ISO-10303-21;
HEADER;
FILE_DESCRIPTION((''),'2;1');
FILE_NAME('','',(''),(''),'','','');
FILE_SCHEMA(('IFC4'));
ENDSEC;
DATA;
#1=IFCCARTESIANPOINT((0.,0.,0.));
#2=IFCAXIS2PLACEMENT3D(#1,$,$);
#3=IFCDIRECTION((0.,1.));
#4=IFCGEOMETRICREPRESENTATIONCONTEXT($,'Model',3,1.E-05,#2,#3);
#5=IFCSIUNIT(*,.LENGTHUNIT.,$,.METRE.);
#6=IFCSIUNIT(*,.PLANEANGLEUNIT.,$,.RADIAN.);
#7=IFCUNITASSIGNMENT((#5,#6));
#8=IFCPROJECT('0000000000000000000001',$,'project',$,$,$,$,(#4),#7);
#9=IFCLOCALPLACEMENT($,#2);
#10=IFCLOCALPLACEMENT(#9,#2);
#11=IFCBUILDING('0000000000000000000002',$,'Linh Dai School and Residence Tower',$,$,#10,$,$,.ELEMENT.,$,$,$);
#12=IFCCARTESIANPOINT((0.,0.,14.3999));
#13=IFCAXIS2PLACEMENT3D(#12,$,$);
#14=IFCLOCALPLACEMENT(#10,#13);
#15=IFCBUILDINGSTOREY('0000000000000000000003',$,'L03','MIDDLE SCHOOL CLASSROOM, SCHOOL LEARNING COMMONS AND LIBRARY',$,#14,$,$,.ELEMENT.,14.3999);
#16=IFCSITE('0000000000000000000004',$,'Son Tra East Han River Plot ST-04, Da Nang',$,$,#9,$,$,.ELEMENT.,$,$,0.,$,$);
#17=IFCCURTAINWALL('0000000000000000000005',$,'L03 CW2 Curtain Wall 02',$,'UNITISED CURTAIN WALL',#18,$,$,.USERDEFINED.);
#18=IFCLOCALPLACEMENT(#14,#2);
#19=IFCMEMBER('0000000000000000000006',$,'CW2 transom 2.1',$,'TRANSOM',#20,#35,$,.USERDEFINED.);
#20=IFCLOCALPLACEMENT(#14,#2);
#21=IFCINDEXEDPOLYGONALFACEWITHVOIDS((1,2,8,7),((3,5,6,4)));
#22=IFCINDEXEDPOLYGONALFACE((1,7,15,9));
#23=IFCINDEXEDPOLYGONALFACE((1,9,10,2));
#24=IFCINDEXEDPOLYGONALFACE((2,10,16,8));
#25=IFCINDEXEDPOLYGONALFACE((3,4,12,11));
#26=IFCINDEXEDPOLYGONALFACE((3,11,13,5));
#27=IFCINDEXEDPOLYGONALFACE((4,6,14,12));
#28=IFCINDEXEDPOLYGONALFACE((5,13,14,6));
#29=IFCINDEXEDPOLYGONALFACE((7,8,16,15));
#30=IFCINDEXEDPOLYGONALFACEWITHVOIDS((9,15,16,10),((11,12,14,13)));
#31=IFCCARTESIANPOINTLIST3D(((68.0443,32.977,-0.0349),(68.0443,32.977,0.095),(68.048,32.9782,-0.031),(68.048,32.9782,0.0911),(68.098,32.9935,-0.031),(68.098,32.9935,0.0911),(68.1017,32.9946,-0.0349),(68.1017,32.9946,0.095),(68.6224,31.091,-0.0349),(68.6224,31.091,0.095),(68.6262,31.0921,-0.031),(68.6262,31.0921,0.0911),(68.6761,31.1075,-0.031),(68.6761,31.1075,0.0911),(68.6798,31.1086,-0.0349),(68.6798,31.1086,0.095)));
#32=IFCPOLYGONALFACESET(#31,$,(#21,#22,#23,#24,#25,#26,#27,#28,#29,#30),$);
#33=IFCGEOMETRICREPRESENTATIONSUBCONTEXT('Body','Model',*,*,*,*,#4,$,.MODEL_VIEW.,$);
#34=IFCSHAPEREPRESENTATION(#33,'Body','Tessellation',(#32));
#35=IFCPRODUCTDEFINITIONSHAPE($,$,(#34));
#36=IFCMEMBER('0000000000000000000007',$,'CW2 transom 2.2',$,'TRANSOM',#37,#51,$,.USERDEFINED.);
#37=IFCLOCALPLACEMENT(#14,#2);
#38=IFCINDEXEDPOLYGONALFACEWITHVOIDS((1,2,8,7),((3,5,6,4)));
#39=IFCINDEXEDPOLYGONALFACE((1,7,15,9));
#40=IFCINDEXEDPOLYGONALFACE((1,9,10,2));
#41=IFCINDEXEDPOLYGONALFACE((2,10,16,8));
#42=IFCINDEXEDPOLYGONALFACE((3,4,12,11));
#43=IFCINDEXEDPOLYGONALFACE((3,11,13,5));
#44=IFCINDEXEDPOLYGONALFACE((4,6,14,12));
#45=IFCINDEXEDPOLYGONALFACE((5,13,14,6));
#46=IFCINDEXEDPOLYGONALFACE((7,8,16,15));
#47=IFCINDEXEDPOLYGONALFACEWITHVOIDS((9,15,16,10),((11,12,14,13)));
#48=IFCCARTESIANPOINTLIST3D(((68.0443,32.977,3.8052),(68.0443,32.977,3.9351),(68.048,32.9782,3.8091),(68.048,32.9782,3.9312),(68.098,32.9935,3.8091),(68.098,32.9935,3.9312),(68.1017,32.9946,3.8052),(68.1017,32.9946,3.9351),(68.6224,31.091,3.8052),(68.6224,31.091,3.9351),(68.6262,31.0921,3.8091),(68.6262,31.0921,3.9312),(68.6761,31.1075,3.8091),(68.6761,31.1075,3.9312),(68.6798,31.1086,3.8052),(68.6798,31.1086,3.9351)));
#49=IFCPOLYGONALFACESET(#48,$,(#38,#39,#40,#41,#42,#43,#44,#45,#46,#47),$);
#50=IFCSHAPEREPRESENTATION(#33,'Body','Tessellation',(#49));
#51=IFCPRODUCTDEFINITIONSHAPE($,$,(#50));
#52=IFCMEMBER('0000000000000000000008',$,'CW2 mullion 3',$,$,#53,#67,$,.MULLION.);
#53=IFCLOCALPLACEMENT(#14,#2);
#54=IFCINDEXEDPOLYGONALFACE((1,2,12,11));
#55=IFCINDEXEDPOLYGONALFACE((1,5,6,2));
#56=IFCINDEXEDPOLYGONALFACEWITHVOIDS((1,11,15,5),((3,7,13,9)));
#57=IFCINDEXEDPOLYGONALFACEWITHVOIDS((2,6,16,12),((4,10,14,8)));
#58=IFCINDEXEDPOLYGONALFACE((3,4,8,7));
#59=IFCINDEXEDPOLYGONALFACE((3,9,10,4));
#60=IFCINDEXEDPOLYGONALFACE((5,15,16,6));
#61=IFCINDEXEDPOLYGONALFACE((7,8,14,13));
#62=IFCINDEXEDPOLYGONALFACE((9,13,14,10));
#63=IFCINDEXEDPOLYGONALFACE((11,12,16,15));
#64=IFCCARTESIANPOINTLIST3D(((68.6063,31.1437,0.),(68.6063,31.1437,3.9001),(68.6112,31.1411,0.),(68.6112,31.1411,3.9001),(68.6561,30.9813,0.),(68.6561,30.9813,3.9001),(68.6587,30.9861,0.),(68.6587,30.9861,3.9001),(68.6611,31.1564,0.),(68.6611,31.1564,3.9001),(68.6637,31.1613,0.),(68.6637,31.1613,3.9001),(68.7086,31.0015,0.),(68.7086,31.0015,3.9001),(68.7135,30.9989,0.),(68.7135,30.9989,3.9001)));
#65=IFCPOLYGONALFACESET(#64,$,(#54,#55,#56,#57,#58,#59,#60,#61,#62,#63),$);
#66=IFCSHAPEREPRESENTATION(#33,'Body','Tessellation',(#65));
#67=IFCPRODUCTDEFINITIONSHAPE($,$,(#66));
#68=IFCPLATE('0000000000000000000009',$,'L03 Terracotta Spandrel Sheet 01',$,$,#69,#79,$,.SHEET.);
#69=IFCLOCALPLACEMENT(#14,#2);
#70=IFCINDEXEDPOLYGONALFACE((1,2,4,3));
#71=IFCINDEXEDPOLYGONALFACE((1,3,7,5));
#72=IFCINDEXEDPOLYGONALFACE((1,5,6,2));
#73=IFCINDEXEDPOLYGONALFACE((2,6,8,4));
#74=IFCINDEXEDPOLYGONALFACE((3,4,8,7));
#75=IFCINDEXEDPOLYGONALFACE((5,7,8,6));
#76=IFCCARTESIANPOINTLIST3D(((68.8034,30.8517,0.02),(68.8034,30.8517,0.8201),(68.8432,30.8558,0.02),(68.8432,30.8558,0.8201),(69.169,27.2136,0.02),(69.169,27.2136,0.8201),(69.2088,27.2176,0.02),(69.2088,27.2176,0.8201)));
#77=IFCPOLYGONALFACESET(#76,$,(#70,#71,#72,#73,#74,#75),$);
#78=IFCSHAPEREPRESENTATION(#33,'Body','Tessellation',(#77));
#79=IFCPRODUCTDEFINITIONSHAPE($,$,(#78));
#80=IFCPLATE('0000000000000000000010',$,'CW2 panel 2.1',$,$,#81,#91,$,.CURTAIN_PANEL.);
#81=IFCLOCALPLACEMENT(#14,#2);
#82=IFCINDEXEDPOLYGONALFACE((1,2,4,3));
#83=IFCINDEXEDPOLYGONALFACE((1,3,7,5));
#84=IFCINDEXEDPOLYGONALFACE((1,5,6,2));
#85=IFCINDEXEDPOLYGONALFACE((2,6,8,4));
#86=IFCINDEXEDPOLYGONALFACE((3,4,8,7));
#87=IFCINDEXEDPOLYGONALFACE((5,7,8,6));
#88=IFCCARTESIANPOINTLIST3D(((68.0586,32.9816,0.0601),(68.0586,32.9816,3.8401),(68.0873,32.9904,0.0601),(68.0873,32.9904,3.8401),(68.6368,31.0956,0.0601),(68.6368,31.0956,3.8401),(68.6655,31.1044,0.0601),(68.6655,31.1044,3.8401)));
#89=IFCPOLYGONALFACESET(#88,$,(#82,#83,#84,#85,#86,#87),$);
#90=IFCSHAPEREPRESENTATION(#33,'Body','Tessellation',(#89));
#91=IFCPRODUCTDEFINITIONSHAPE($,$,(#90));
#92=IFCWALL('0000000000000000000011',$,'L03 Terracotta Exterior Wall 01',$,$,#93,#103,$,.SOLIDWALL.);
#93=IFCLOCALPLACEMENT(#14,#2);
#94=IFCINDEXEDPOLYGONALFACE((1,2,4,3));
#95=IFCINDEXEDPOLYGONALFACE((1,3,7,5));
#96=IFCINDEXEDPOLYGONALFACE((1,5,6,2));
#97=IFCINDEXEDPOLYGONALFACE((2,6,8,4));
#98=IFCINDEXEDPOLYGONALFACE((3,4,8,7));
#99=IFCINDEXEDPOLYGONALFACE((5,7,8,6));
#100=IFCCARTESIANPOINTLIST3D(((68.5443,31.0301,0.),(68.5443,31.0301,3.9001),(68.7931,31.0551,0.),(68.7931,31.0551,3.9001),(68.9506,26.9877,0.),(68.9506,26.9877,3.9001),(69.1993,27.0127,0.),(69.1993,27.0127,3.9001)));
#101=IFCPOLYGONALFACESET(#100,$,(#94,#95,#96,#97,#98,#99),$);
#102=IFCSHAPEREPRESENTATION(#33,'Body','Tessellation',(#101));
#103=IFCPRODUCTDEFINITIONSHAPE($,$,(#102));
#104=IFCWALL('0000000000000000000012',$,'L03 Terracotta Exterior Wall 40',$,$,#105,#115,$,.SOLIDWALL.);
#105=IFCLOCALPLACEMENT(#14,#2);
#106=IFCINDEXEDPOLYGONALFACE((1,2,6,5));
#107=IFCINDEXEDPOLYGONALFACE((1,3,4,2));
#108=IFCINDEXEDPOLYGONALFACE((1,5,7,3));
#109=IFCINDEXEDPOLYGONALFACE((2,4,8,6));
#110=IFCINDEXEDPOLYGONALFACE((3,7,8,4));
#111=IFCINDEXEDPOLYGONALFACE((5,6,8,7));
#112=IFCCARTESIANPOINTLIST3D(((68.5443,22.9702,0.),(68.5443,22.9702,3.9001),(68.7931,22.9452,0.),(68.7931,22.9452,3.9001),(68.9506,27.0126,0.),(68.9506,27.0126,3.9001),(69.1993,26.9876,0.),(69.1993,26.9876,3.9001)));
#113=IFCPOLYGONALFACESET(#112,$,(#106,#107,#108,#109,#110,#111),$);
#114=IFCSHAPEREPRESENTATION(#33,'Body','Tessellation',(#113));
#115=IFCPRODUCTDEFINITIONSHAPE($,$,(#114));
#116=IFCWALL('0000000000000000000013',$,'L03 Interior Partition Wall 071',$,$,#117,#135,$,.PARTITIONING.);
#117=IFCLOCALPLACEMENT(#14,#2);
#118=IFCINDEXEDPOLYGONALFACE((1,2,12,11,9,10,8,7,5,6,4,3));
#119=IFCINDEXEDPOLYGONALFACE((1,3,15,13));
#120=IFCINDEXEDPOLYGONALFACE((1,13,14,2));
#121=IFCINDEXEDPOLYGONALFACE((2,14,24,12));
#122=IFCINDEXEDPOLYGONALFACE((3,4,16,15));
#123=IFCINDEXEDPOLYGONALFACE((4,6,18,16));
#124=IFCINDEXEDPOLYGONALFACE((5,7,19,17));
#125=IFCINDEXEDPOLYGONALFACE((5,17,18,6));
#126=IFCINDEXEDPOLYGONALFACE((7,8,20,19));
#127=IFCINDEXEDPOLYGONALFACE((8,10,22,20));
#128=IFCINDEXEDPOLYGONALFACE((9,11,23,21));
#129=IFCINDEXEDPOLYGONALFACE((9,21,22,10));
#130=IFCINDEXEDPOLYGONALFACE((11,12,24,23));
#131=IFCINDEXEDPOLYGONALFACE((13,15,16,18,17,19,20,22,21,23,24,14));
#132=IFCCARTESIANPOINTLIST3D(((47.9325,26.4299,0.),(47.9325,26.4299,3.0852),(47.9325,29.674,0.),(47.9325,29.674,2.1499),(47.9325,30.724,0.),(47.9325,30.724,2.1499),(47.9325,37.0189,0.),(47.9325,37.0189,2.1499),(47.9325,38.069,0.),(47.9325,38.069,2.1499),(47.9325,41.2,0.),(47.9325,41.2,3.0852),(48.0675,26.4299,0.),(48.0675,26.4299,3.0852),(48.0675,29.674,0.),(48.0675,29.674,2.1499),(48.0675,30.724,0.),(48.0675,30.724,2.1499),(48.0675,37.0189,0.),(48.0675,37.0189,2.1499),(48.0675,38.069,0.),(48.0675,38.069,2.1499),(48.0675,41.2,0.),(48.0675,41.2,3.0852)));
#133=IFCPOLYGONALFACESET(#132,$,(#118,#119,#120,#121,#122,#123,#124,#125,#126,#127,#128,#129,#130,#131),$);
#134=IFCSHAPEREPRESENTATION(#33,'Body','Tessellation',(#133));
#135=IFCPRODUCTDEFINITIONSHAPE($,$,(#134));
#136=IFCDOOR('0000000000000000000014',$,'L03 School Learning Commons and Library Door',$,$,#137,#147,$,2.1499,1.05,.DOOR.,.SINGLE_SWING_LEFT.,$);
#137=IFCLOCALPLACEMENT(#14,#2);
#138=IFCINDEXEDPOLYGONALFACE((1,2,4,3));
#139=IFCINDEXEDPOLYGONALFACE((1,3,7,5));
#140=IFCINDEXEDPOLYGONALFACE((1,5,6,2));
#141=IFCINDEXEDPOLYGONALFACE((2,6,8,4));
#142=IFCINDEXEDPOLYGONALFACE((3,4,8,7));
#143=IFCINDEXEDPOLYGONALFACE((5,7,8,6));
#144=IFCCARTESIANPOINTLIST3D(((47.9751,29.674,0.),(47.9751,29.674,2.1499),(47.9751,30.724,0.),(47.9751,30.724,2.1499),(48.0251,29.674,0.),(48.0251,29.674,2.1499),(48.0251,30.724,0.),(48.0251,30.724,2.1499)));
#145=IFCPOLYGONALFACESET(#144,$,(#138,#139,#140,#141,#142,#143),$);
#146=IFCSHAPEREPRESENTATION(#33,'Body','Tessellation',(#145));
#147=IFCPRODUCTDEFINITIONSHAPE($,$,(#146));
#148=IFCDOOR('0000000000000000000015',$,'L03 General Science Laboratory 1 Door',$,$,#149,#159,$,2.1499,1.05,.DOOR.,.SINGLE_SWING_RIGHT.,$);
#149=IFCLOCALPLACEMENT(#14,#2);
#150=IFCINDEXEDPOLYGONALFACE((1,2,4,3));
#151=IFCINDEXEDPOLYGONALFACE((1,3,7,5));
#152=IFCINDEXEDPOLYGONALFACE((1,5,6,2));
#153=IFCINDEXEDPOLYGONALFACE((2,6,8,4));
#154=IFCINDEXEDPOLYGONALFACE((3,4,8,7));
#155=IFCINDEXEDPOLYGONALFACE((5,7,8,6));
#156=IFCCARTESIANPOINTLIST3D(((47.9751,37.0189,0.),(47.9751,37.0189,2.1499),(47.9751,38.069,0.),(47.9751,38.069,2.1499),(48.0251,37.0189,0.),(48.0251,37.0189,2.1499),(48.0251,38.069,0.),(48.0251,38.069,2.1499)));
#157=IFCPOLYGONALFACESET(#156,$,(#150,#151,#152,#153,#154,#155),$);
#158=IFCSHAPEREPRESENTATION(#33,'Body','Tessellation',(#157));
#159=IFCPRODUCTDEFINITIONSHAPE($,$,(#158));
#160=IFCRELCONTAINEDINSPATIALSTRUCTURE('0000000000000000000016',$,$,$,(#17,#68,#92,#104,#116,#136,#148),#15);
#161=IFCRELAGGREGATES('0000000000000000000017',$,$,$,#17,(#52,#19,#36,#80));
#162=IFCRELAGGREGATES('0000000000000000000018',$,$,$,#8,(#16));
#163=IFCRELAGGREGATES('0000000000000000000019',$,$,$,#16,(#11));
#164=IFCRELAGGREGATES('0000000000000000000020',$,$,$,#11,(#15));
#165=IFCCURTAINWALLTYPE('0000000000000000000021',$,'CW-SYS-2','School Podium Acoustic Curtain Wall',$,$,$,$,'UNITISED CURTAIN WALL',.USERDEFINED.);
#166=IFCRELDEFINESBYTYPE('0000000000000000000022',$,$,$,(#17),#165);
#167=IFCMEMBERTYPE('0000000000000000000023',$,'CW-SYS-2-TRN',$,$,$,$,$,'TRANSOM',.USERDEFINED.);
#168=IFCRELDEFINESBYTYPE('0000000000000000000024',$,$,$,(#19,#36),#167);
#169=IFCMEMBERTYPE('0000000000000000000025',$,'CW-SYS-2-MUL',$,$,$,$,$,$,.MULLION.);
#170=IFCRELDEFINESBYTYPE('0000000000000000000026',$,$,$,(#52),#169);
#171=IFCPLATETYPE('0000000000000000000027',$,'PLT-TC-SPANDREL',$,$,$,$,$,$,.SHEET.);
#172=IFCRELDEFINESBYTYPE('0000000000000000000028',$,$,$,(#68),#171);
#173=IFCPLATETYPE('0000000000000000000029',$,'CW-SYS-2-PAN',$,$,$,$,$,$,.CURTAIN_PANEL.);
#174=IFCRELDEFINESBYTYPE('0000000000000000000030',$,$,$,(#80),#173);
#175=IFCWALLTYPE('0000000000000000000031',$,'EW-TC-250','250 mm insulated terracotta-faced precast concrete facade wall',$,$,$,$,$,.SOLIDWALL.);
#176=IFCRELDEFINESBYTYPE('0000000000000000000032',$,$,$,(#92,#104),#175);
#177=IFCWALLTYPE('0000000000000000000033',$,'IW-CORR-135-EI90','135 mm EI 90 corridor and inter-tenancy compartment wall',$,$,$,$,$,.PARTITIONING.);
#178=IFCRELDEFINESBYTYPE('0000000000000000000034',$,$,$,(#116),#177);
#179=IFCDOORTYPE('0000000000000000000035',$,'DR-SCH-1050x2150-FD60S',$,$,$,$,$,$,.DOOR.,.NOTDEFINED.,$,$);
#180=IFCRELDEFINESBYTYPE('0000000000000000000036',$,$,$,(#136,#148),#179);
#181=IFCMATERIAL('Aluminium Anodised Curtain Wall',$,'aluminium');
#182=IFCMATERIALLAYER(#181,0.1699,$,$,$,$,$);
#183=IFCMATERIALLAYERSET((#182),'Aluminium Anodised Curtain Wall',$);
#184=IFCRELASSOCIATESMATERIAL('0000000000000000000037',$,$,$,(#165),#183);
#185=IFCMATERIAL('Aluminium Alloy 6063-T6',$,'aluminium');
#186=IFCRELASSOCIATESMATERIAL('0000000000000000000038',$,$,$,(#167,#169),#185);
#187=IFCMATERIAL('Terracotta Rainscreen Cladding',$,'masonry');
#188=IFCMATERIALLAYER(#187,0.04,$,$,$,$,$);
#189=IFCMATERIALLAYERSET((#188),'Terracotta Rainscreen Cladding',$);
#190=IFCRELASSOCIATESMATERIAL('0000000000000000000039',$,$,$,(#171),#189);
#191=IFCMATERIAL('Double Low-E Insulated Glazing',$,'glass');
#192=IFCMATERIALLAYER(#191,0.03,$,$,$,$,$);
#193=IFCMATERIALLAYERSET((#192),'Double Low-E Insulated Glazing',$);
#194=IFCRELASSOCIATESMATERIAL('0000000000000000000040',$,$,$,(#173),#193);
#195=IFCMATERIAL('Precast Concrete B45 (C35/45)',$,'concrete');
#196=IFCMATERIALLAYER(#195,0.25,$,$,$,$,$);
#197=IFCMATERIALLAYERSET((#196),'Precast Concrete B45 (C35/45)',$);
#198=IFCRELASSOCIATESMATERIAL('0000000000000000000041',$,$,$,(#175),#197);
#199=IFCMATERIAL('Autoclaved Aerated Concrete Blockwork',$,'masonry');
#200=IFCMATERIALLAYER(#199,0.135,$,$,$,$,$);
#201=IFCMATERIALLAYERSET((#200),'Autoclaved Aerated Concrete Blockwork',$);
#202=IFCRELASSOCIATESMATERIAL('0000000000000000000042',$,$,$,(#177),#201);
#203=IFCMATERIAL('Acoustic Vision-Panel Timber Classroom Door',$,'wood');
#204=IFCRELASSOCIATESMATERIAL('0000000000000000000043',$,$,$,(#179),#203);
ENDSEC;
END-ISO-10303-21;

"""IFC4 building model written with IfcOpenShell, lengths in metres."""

from ifc_helpers import new_model, si_unit, direction, frame, frame_2d, origin, origin_2d, place, context, subcontext, project, spatial, rectangle, hollow_rectangle, extrude, source, transform, mapped, material, layer, layer_set, material_profile, profile_set, type_object, element, fill, aggregate, save


model = new_model("IFC4")

# Units and contexts
model_context = context("Model", 3, precision=1e-05, world=origin(), true_north=direction((0.0, 1.0)))
body_context = subcontext(model_context, "Body", "Model", "MODEL_VIEW")
ifc_project = project(units=[si_unit("LENGTHUNIT", "METRE"), si_unit("PLANEANGLEUNIT", "RADIAN")], contexts=[model_context])

# Site, building, storey
site_placement = place(None, origin())
site = spatial("IfcSite", under=ifc_project, at=site_placement, Name="Son Tra East Han River Plot ST-04, Da Nang", CompositionType="ELEMENT", RefElevation=0.0)
building_placement = place(site_placement, origin())
building = spatial("IfcBuilding", under=site, at=building_placement, Name="Linh Dai School and Residence Tower", CompositionType="ELEMENT")
storey_placement = place(building_placement, frame((0.0, 0.0, 14.3999)))
storey = spatial("IfcBuildingStorey", under=building, at=storey_placement, Name="L03", Description="MIDDLE SCHOOL CLASSROOM, SCHOOL LEARNING COMMONS AND LIBRARY", CompositionType="ELEMENT", Elevation=14.3999)

# Curtain wall, members
ifc_material_1 = material(Name="Aluminium Anodised Curtain Wall", Category="aluminium")
ifc_layer_1 = layer(ifc_material_1, 0.1699)
ifc_layer_set_1 = layer_set([ifc_layer_1], Name="Aluminium Anodised Curtain Wall")
curtain_wall_type = type_object("IfcCurtainWallType", Name="CW-SYS-2", Description="School Podium Acoustic Curtain Wall", ElementType="UNITISED CURTAIN WALL", PredefinedType="USERDEFINED", material=ifc_layer_set_1)
curtain_wall_placement = place(storey_placement, origin())
curtain_wall = element("IfcCurtainWall", 1, at=curtain_wall_placement, inside=storey, type_object=curtain_wall_type, Name="L03 CW2 Curtain Wall 02", ObjectType="UNITISED CURTAIN WALL", PredefinedType="USERDEFINED")
ifc_material_2 = material(Name="Aluminium Alloy 6063-T6", Category="aluminium")
ifc_material_profile_1 = material_profile(ifc_material_2, hollow_rectangle(XDim=0.0601, YDim=0.1299, WallThickness=0.0039, at=origin_2d()), Name="RHS 130x60x4")
ifc_profile_set_1 = profile_set([ifc_material_profile_1], Name="Aluminium Alloy 6063-T6")
member_type_1 = type_object("IfcMemberType", Name="CW-SYS-2-TRN", ElementType="TRANSOM", PredefinedType="USERDEFINED", material=ifc_profile_set_1)
shared_shape_1 = source(origin(), body_context, "Body", "SweptSolid", [
    extrude(hollow_rectangle(XDim=0.0601, YDim=0.1299, WallThickness=0.0039, at=origin_2d()), origin(), (0.0, 0.0, 1.0), 1.9727),
])
member_1_placement = place(storey_placement, frame((68.073, 32.9858, 0.03), z_axis=(0.293077, -0.956089, 0.0), x_axis=(0.956089, 0.293077, 0.0)))
member_1 = element("IfcMember", 2, at=member_1_placement, type_object=member_type_1, Name="CW2 transom 2.1", ObjectType="TRANSOM", PredefinedType="USERDEFINED", context=body_context, shape_type="MappedRepresentation", body=[
    mapped(shared_shape_1, transform((0.0, 0.0, 0.0), x_axis=(1.0, 0.0, 0.0), y_axis=(0.0, 1.0, 0.0), z_axis=(0.0, 0.0, 1.0), scale=1.0)),
])
member_2_placement = place(storey_placement, frame((68.073, 32.9858, 3.8701), z_axis=(0.293077, -0.956089, 0.0), x_axis=(0.956089, 0.293077, 0.0)))
member_2 = element("IfcMember", 3, at=member_2_placement, type_object=member_type_1, Name="CW2 transom 2.2", ObjectType="TRANSOM", PredefinedType="USERDEFINED", context=body_context, shape_type="MappedRepresentation", body=[
    mapped(shared_shape_1, transform((0.0, 0.0, 0.0), x_axis=(1.0, 0.0, 0.0), y_axis=(0.0, 1.0, 0.0), z_axis=(0.0, 0.0, 1.0), scale=1.0)),
])
ifc_material_profile_2 = material_profile(ifc_material_2, hollow_rectangle(XDim=0.0601, YDim=0.1699, WallThickness=0.0039, at=origin_2d()), Name="RHS 170x60x4")
ifc_profile_set_2 = profile_set([ifc_material_profile_2], Name="Aluminium Alloy 6063-T6")
member_type_2 = type_object("IfcMemberType", Name="CW-SYS-2-MUL", PredefinedType="MULLION", material=ifc_profile_set_2)
shared_shape_2 = source(origin(), body_context, "Body", "SweptSolid", [
    extrude(hollow_rectangle(XDim=0.0601, YDim=0.1699, WallThickness=0.0039, at=origin_2d()), origin(), (0.0, 0.0, 1.0), 3.9001),
])
member_3_placement = place(storey_placement, frame((68.6599, 31.0713, 0.0), z_axis=(0.0, 0.0, 1.0), x_axis=(0.956081, 0.293104, 0.0)))
member_3 = element("IfcMember", 4, at=member_3_placement, type_object=member_type_2, Name="CW2 mullion 3", PredefinedType="MULLION", context=body_context, shape_type="MappedRepresentation", body=[
    mapped(shared_shape_2, transform((0.0, 0.0, 0.0), x_axis=(1.0, 0.0, 0.0), y_axis=(0.0, 1.0, 0.0), z_axis=(0.0, 0.0, 1.0), scale=1.0)),
])

# Plates
ifc_material_3 = material(Name="Terracotta Rainscreen Cladding", Category="masonry")
ifc_layer_2 = layer(ifc_material_3, 0.04)
ifc_layer_set_2 = layer_set([ifc_layer_2], Name="Terracotta Rainscreen Cladding")
plate_type_1 = type_object("IfcPlateType", Name="PLT-TC-SPANDREL", PredefinedType="SHEET", material=ifc_layer_set_2)
shared_shape_3 = source(origin(), body_context, "Body", "SweptSolid", [
    extrude(rectangle(XDim=3.6565, YDim=0.04, at=origin_2d()), origin(), (0.0, 0.0, 1.0), 0.8),
])
plate_1_placement = place(storey_placement, frame((69.0061, 29.0347, 0.02), z_axis=(0.0, 0.0, 1.0), x_axis=(0.099995, -0.994988, 0.0)))
element("IfcPlate", 5, at=plate_1_placement, inside=storey, type_object=plate_type_1, Name="L03 Terracotta Spandrel Sheet 01", PredefinedType="SHEET", context=body_context, shape_type="MappedRepresentation", body=[
    mapped(shared_shape_3, transform((0.0, 0.0, 0.0), x_axis=(1.0, 0.0, 0.0), y_axis=(0.0, 1.0, 0.0), z_axis=(0.0, 0.0, 1.0), scale=1.0)),
])
ifc_material_4 = material(Name="Double Low-E Insulated Glazing", Category="glass")
ifc_layer_3 = layer(ifc_material_4, 0.03)
ifc_layer_set_3 = layer_set([ifc_layer_3], Name="Double Low-E Insulated Glazing")
plate_type_2 = type_object("IfcPlateType", Name="CW-SYS-2-PAN", PredefinedType="CURTAIN_PANEL", material=ifc_layer_set_3)
shared_shape_4 = source(origin(), body_context, "Body", "SweptSolid", [
    extrude(rectangle(XDim=1.9727, YDim=0.03, at=origin_2d()), origin(), (0.0, 0.0, 1.0), 3.78),
])
plate_2_placement = place(storey_placement, frame((68.3621, 32.043, 0.0601), z_axis=(0.0, 0.0, 1.0), x_axis=(0.293104, -0.956081, 0.0)))
plate_2 = element("IfcPlate", 6, at=plate_2_placement, type_object=plate_type_2, Name="CW2 panel 2.1", PredefinedType="CURTAIN_PANEL", context=body_context, shape_type="MappedRepresentation", body=[
    mapped(shared_shape_4, transform((0.0, 0.0, 0.0), x_axis=(1.0, 0.0, 0.0), y_axis=(0.0, 1.0, 0.0), z_axis=(0.0, 0.0, 1.0), scale=1.0)),
])
aggregate(curtain_wall, [member_3, member_1, member_2, plate_2])

# Walls
ifc_material_5 = material(Name="Precast Concrete B45 (C35/45)", Category="concrete")
ifc_layer_4 = layer(ifc_material_5, 0.25)
ifc_layer_set_4 = layer_set([ifc_layer_4], Name="Precast Concrete B45 (C35/45)")
wall_type_1 = type_object("IfcWallType", Name="EW-TC-250", Description="250 mm insulated terracotta-faced precast concrete facade wall", PredefinedType="SOLIDWALL", material=ifc_layer_set_4)
for number, where, z_axis, x_axis, name in (
    (7, (68.6687, 31.0425, 0.0), (0.0, 0.0, 1.0), (0.099992, -0.994988, 0.0), "L03 Terracotta Exterior Wall 01"),
    (8, (69.075, 27.0, 0.0), (0.0, 0.0, 1.0), (-0.099992, -0.994988, 0.0), "L03 Terracotta Exterior Wall 40"),
):
    element("IfcWall", number, at=place(storey_placement, frame(where, z_axis=z_axis, x_axis=x_axis)), inside=storey, type_object=wall_type_1, Name=name, PredefinedType="SOLIDWALL", context=body_context, shape_type="SweptSolid", body=[
        extrude(rectangle(XDim=4.0627, YDim=0.25, at=frame_2d((2.0312, 0.0))), origin(), (0.0, 0.0, 1.0), 3.9001),
    ])

# Wall, openings, doors
ifc_material_6 = material(Name="Autoclaved Aerated Concrete Blockwork", Category="masonry")
ifc_layer_5 = layer(ifc_material_6, 0.135)
ifc_layer_set_5 = layer_set([ifc_layer_5], Name="Autoclaved Aerated Concrete Blockwork")
wall_type_2 = type_object("IfcWallType", Name="IW-CORR-135-EI90", Description="135 mm EI 90 corridor and inter-tenancy compartment wall", PredefinedType="PARTITIONING", material=ifc_layer_set_5)
wall_1_placement = place(storey_placement, frame((48.0, 26.4299, 0.0), z_axis=(0.0, 0.0, 1.0), x_axis=(0.0, 1.0, 0.0)))
wall_1 = element("IfcWall", 9, at=wall_1_placement, inside=storey, type_object=wall_type_2, Name="L03 Interior Partition Wall 071", PredefinedType="PARTITIONING", context=body_context, shape_type="SweptSolid", body=[
    extrude(rectangle(XDim=14.77, YDim=0.135, at=frame_2d((7.385, 0.0))), origin(), (0.0, 0.0, 1.0), 3.0852),
])
opening_1_placement = place(wall_1_placement, frame((3.2441, 0.0, 0.0)))
opening_1 = element("IfcOpeningElement", 10, at=opening_1_placement, cuts=wall_1, PredefinedType="OPENING", context=body_context, shape_type="SweptSolid", body=[
    extrude(rectangle(XDim=1.05, YDim=2.1499, at=origin_2d()), frame((0.5249, 0.0776, 1.075), z_axis=(0.0, -1.0, 0.0), x_axis=(1.0, 0.0, 0.0)), (0.0, 0.0, 1.0), 0.155),
])
opening_2_placement = place(wall_1_placement, frame((10.5891, 0.0, 0.0)))
opening_2 = element("IfcOpeningElement", 11, at=opening_2_placement, cuts=wall_1, PredefinedType="OPENING", context=body_context, shape_type="SweptSolid", body=[
    extrude(rectangle(XDim=1.05, YDim=2.1499, at=origin_2d()), frame((0.5249, 0.0776, 1.075), z_axis=(0.0, -1.0, 0.0), x_axis=(1.0, 0.0, 0.0)), (0.0, 0.0, 1.0), 0.155),
])
ifc_material_7 = material(Name="Acoustic Vision-Panel Timber Classroom Door", Category="wood")
door_type = type_object("IfcDoorType", Name="DR-SCH-1050x2150-FD60S", OperationType="NOTDEFINED", PredefinedType="DOOR", material=ifc_material_7)
shared_shape_5 = source(origin(), body_context, "Body", "SweptSolid", [
    extrude(rectangle(XDim=1.05, YDim=2.1499, at=origin_2d()), frame((0.5249, 0.0249, 1.075), z_axis=(0.0, -1.0, 0.0), x_axis=(1.0, 0.0, 0.0)), (0.0, 0.0, 1.0), 0.05),
])
door_1_placement = place(opening_1_placement, origin())
door_1 = element("IfcDoor", 12, at=door_1_placement, inside=storey, type_object=door_type, Name="L03 School Learning Commons and Library Door", OperationType="SINGLE_SWING_LEFT", OverallHeight=2.1499, OverallWidth=1.05, PredefinedType="DOOR", context=body_context, shape_type="MappedRepresentation", body=[
    mapped(shared_shape_5, transform((0.0, 0.0, 0.0), x_axis=(1.0, 0.0, 0.0), y_axis=(0.0, 1.0, 0.0), z_axis=(0.0, 0.0, 1.0), scale=1.0)),
])
fill(opening_1, door_1)
door_2_placement = place(opening_2_placement, origin())
door_2 = element("IfcDoor", 13, at=door_2_placement, inside=storey, type_object=door_type, Name="L03 General Science Laboratory 1 Door", OperationType="SINGLE_SWING_RIGHT", OverallHeight=2.1499, OverallWidth=1.05, PredefinedType="DOOR", context=body_context, shape_type="MappedRepresentation", body=[
    mapped(shared_shape_5, transform((0.0, 0.0, 0.0), x_axis=(1.0, 0.0, 0.0), y_axis=(0.0, 1.0, 0.0), z_axis=(0.0, 0.0, 1.0), scale=1.0)),
])
fill(opening_2, door_2)

save(model, "model.ifc")
